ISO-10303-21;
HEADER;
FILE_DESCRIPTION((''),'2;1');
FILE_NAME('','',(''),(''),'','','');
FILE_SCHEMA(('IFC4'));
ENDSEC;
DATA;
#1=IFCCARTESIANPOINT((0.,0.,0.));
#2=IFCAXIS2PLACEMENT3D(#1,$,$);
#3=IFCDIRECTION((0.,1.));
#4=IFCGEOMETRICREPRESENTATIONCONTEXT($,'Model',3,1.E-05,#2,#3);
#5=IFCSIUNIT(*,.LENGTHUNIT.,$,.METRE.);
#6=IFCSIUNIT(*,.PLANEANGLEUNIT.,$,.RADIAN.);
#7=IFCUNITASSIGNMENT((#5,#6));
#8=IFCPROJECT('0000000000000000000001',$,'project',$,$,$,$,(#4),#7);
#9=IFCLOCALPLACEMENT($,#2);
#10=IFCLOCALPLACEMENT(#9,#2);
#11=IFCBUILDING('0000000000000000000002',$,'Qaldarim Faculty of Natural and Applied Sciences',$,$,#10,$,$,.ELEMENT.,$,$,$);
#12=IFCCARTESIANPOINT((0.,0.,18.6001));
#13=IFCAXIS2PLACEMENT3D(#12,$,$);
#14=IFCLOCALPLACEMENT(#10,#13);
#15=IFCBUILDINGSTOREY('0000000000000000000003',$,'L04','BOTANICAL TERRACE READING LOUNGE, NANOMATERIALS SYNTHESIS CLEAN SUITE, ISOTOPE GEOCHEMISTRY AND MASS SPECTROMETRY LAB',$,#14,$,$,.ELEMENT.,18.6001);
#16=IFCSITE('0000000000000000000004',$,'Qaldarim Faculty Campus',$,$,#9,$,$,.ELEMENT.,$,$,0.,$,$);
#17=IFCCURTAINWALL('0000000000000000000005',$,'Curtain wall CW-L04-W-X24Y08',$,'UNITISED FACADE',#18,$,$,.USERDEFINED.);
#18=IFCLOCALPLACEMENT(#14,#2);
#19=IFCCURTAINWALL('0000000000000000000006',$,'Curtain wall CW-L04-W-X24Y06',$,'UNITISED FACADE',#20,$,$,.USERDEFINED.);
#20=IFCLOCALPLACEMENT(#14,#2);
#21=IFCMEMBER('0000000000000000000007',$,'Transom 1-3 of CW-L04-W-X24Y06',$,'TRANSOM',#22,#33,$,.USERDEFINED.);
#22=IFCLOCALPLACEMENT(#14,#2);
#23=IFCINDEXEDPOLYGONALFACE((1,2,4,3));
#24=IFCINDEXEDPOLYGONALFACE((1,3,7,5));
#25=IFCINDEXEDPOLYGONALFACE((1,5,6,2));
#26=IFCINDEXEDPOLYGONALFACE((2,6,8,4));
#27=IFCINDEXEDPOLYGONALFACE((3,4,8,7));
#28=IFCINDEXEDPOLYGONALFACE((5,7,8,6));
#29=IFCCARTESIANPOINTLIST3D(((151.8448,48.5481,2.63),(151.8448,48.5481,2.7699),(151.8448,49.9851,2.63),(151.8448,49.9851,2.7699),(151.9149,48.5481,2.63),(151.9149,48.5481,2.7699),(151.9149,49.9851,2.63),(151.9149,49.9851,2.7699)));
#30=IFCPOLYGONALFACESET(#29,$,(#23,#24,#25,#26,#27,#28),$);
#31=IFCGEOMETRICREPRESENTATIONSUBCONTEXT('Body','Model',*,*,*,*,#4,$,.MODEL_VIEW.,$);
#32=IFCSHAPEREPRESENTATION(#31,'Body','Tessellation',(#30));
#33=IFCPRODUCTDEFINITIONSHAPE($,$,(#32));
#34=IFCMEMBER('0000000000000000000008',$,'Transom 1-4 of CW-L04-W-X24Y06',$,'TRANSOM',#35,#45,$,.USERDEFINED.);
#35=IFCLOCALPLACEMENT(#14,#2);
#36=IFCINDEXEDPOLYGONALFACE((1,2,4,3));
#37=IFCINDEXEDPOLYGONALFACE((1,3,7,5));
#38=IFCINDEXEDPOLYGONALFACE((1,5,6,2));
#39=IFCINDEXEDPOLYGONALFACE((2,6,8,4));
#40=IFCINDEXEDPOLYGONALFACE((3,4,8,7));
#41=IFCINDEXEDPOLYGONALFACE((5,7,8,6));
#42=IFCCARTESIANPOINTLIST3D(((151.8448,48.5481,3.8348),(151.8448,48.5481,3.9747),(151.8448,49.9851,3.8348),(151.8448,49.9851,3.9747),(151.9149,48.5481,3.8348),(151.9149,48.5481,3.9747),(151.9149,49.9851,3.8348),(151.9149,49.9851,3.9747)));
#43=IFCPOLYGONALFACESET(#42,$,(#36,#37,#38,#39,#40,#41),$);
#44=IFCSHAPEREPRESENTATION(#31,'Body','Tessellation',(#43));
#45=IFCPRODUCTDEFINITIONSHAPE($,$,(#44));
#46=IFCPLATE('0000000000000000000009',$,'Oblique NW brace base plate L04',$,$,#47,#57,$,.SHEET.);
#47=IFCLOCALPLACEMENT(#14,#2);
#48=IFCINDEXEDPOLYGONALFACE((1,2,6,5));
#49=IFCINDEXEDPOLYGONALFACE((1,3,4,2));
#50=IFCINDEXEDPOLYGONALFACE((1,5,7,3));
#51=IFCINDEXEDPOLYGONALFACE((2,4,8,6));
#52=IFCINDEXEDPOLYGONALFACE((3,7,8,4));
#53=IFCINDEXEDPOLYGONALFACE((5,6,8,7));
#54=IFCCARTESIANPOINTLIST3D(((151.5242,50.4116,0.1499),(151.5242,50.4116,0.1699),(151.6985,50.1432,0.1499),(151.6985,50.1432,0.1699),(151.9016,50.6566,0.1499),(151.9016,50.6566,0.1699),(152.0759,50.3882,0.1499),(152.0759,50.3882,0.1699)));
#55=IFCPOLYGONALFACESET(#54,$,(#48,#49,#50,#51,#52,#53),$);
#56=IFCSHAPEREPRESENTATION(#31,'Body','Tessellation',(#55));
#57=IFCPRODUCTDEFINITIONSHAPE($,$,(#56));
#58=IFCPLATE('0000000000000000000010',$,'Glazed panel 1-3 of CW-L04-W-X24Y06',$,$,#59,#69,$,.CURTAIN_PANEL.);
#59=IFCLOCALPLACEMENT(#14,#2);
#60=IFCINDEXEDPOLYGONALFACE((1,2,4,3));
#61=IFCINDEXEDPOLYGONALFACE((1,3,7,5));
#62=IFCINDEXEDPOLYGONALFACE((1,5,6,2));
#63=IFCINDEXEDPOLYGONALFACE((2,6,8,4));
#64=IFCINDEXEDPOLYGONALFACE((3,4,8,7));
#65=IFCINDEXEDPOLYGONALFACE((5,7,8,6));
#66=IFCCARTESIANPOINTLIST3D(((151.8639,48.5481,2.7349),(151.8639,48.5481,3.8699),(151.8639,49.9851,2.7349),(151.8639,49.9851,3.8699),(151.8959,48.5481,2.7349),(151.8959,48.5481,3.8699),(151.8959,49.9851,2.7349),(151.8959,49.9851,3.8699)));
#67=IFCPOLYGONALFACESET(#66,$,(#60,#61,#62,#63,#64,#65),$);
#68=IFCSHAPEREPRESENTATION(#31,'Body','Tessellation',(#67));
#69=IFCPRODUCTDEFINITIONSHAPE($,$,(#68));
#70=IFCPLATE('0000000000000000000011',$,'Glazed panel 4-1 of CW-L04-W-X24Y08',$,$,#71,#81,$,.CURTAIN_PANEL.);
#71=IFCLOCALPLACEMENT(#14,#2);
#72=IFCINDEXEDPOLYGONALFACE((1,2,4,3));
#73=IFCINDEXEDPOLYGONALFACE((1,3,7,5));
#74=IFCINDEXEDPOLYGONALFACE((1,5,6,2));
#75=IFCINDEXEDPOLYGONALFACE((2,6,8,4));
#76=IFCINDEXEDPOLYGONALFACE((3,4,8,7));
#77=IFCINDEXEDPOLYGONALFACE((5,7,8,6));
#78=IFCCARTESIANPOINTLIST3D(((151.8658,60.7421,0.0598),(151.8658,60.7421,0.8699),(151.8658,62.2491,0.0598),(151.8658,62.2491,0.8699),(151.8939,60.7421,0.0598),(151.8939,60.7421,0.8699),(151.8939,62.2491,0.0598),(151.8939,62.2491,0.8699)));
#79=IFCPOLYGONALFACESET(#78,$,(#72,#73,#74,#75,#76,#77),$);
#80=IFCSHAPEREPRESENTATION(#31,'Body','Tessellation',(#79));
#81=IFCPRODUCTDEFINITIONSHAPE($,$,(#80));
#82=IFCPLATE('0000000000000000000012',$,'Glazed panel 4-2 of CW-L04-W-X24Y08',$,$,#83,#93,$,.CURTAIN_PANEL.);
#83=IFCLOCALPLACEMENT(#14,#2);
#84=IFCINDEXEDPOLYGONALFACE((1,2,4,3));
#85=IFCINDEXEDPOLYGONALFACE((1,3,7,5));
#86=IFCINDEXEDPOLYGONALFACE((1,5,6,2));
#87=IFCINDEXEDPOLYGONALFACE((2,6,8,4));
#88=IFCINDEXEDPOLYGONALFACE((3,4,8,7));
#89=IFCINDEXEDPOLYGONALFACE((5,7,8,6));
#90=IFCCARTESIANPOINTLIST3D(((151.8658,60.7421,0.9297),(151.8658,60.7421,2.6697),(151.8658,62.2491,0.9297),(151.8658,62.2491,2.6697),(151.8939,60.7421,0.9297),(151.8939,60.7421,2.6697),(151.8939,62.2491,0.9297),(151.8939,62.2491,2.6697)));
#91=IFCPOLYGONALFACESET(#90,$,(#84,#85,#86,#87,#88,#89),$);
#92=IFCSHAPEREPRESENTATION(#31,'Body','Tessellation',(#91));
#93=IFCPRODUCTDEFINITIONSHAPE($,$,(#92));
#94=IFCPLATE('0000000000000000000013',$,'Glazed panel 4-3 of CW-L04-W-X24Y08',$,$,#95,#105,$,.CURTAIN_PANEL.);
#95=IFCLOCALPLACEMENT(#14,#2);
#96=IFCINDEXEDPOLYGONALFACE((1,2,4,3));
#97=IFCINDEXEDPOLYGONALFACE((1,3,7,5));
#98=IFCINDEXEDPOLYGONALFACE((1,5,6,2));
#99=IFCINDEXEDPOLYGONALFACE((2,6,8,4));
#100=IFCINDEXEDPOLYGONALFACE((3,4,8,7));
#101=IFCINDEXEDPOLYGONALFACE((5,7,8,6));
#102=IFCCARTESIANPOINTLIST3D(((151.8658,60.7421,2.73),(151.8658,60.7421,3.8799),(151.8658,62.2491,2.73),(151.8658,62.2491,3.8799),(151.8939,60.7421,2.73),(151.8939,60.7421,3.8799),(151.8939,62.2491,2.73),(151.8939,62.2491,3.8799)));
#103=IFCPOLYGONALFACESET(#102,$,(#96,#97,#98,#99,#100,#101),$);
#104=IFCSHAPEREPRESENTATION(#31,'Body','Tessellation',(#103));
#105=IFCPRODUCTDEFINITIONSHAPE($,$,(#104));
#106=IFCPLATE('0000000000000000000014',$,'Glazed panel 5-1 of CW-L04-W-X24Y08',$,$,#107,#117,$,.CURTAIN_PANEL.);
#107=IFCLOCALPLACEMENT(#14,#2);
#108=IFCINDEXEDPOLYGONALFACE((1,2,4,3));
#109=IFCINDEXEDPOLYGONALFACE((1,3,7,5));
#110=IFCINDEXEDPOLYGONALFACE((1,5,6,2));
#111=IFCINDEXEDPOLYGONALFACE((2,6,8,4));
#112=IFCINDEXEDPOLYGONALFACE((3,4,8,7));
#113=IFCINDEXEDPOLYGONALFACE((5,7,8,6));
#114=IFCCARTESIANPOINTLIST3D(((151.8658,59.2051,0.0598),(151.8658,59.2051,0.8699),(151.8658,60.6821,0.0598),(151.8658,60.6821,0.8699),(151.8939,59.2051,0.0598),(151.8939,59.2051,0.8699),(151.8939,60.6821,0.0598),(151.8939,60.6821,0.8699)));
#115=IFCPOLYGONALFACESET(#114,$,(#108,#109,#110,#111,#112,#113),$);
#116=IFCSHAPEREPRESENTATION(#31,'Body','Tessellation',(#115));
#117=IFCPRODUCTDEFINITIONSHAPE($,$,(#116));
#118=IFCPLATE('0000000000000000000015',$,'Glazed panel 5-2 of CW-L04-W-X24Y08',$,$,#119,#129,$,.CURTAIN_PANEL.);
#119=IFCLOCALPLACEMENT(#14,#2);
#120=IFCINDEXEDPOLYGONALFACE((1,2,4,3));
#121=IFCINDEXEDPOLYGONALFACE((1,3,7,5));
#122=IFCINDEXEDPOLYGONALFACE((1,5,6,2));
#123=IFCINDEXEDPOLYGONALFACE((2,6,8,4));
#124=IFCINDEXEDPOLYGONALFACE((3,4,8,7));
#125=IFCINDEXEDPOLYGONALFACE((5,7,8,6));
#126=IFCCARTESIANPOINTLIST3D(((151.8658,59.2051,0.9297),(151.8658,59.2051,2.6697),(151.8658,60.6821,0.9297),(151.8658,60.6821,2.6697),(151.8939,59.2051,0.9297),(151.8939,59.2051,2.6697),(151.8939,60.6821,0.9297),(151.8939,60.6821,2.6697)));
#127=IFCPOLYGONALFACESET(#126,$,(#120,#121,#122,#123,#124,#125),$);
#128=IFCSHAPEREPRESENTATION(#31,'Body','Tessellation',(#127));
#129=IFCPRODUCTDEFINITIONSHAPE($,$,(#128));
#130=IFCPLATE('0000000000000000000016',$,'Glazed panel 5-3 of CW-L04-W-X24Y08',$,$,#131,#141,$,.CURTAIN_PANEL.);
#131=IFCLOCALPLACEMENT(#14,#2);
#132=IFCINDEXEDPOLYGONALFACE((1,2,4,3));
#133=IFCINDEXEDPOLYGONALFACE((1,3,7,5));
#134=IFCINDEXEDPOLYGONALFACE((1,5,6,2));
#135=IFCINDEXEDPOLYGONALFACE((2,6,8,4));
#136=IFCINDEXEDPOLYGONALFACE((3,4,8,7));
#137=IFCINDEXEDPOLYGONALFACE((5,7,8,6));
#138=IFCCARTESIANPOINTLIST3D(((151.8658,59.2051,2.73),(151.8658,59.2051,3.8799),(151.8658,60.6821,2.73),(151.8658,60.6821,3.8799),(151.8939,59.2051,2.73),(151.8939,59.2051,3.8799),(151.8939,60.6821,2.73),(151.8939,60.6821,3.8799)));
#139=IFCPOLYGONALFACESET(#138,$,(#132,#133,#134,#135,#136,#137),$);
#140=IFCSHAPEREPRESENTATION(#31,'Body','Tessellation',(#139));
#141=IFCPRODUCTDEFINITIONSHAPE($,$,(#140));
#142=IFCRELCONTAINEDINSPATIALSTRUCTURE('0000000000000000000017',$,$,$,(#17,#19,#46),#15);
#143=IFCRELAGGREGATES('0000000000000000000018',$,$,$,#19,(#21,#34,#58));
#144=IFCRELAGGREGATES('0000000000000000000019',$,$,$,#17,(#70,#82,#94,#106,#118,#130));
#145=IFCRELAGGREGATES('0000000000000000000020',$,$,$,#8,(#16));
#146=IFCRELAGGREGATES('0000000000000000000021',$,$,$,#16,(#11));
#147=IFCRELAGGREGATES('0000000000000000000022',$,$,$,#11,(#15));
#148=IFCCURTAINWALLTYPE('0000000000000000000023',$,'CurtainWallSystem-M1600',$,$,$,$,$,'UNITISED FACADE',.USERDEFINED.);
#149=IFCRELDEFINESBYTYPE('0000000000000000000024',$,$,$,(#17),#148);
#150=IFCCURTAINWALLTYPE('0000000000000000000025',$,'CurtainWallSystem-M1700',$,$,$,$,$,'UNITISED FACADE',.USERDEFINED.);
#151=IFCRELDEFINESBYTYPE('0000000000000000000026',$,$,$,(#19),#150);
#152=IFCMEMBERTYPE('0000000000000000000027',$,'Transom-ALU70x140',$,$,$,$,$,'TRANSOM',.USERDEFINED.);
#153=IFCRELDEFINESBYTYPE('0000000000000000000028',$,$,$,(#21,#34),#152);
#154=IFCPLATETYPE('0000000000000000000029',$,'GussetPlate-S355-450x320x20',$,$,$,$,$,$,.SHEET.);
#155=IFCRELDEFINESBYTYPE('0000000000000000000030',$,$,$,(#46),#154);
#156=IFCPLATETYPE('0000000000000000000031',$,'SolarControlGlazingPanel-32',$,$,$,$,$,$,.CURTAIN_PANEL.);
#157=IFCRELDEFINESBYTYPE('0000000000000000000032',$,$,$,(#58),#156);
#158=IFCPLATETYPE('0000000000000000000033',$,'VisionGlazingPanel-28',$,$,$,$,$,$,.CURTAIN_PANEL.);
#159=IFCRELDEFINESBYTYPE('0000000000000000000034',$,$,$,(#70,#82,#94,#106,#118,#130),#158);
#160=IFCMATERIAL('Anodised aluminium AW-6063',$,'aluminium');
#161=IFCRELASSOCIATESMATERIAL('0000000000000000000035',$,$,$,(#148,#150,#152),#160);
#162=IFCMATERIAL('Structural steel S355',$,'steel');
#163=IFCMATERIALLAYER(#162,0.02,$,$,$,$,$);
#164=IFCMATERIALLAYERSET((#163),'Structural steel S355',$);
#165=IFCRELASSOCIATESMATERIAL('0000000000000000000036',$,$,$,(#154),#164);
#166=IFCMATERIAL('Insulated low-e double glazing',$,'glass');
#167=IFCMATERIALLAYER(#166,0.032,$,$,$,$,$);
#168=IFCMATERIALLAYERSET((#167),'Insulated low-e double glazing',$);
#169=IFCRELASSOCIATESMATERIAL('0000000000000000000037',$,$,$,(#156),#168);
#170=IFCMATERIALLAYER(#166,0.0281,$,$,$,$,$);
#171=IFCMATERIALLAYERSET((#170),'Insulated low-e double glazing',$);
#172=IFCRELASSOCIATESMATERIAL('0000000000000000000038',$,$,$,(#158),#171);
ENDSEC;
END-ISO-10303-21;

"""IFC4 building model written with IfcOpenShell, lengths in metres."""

from ifc_helpers import new_model, si_unit, direction, frame, origin, origin_2d, place, context, subcontext, project, spatial, rectangle, extrude, material, layer, layer_set, material_profile, profile_set, type_object, element, aggregate, save


model = new_model("IFC4")

# Units and contexts
model_context = context("Model", 3, precision=1e-05, world=origin(), true_north=direction((0.0, 1.0)))
body_context = subcontext(model_context, "Body", "Model", "MODEL_VIEW")
ifc_project = project(units=[si_unit("LENGTHUNIT", "METRE"), si_unit("PLANEANGLEUNIT", "RADIAN")], contexts=[model_context])

# Site, building, storey
site_placement = place(None, origin())
site = spatial("IfcSite", under=ifc_project, at=site_placement, Name="Qaldarim Faculty Campus", CompositionType="ELEMENT", RefElevation=0.0)
building_placement = place(site_placement, origin())
building = spatial("IfcBuilding", under=site, at=building_placement, Name="Qaldarim Faculty of Natural and Applied Sciences", CompositionType="ELEMENT")
storey_placement = place(building_placement, frame((0.0, 0.0, 18.6001)))
storey = spatial("IfcBuildingStorey", under=building, at=storey_placement, Name="L04", Description="BOTANICAL TERRACE READING LOUNGE, NANOMATERIALS SYNTHESIS CLEAN SUITE, ISOTOPE GEOCHEMISTRY AND MASS SPECTROMETRY LAB", CompositionType="ELEMENT", Elevation=18.6001)

# Shared definitions
ifc_material_1 = material(Name="Structural steel S355", Category="steel")

# Curtain wall
ifc_material_2 = material(Name="Anodised aluminium AW-6063", Category="aluminium")
curtain_wall_type_1 = type_object("IfcCurtainWallType", Name="CurtainWallSystem-M1600", ElementType="UNITISED FACADE", PredefinedType="USERDEFINED", material=ifc_material_2)
curtain_wall_1_placement = place(storey_placement, origin())
curtain_wall_1 = element("IfcCurtainWall", 1, at=curtain_wall_1_placement, inside=storey, type_object=curtain_wall_type_1, Name="Curtain wall CW-L04-W-X24Y08", ObjectType="UNITISED FACADE", PredefinedType="USERDEFINED")

# Curtain wall
curtain_wall_type_2 = type_object("IfcCurtainWallType", Name="CurtainWallSystem-M1700", ElementType="UNITISED FACADE", PredefinedType="USERDEFINED", material=ifc_material_2)
curtain_wall_2_placement = place(storey_placement, origin())
curtain_wall_2 = element("IfcCurtainWall", 2, at=curtain_wall_2_placement, inside=storey, type_object=curtain_wall_type_2, Name="Curtain wall CW-L04-W-X24Y06", ObjectType="UNITISED FACADE", PredefinedType="USERDEFINED")

# Members
ifc_material_profile_1 = material_profile(ifc_material_2, rectangle(XDim=0.0701, YDim=0.1399, at=origin_2d()), Name="ALU-T70x140")
ifc_profile_set_1 = profile_set([ifc_material_profile_1], Name="Anodised aluminium AW-6063")
member_type_1 = type_object("IfcMemberType", Name="Transom-ALU70x140", ElementType="TRANSOM", PredefinedType="USERDEFINED", material=ifc_profile_set_1)
member_1_placement = place(storey_placement, frame((151.8799, 49.9851, 2.7), z_axis=(0.0, -1.0, 0.0), x_axis=(1.0, 0.0, 0.0)))
member_1 = element("IfcMember", 3, at=member_1_placement, type_object=member_type_1, Name="Transom 1-3 of CW-L04-W-X24Y06", ObjectType="TRANSOM", PredefinedType="USERDEFINED", context=body_context, shape_type="SweptSolid", body=[
    extrude(rectangle(XDim=0.0701, YDim=0.1399, at=origin_2d()), origin(), (0.0, 0.0, 1.0), 1.437),
])
member_2_placement = place(storey_placement, frame((151.8799, 49.9851, 3.9048), z_axis=(0.0, -1.0, 0.0), x_axis=(1.0, 0.0, 0.0)))
member_2 = element("IfcMember", 4, at=member_2_placement, type_object=member_type_1, Name="Transom 1-4 of CW-L04-W-X24Y06", ObjectType="TRANSOM", PredefinedType="USERDEFINED", context=body_context, shape_type="SweptSolid", body=[
    extrude(rectangle(XDim=0.0701, YDim=0.1399, at=origin_2d()), origin(), (0.0, 0.0, 1.0), 1.437),
])

# Plates
ifc_layer_1 = layer(ifc_material_1, 0.02)
ifc_layer_set_1 = layer_set([ifc_layer_1], Name="Structural steel S355")
plate_type_1 = type_object("IfcPlateType", Name="GussetPlate-S355-450x320x20", PredefinedType="SHEET", material=ifc_layer_set_1)
plate_1_placement = place(storey_placement, frame((151.8, 50.3999, 0.1499), z_axis=(0.0, 0.0, 1.0), x_axis=(0.838671, 0.544639, 0.0)))
element("IfcPlate", 5, at=plate_1_placement, inside=storey, type_object=plate_type_1, Name="Oblique NW brace base plate L04", PredefinedType="SHEET", context=body_context, shape_type="SweptSolid", body=[
    extrude(rectangle(XDim=0.45, YDim=0.3201, at=origin_2d()), origin(), (0.0, 0.0, 1.0), 0.02),
])
ifc_material_3 = material(Name="Insulated low-e double glazing", Category="glass")
ifc_layer_2 = layer(ifc_material_3, 0.032)
ifc_layer_set_2 = layer_set([ifc_layer_2], Name="Insulated low-e double glazing")
plate_type_2 = type_object("IfcPlateType", Name="SolarControlGlazingPanel-32", PredefinedType="CURTAIN_PANEL", material=ifc_layer_set_2)
plate_2_placement = place(storey_placement, frame((151.8799, 49.2666, 2.7349), z_axis=(0.0, 0.0, 1.0), x_axis=(0.0, -1.0, 0.0)))
plate_2 = element("IfcPlate", 6, at=plate_2_placement, type_object=plate_type_2, Name="Glazed panel 1-3 of CW-L04-W-X24Y06", PredefinedType="CURTAIN_PANEL", context=body_context, shape_type="SweptSolid", body=[
    extrude(rectangle(XDim=1.437, YDim=0.032, at=origin_2d()), origin(), (0.0, 0.0, 1.0), 1.135),
])
aggregate(curtain_wall_2, [member_1, member_2, plate_2])
ifc_layer_3 = layer(ifc_material_3, 0.0281)
ifc_layer_set_3 = layer_set([ifc_layer_3], Name="Insulated low-e double glazing")
plate_type_3 = type_object("IfcPlateType", Name="VisionGlazingPanel-28", PredefinedType="CURTAIN_PANEL", material=ifc_layer_set_3)
plate_3_placement = place(storey_placement, frame((151.8799, 61.4956, 0.0598), z_axis=(0.0, 0.0, 1.0), x_axis=(0.0, -1.0, 0.0)))
plate_3 = element("IfcPlate", 7, at=plate_3_placement, type_object=plate_type_3, Name="Glazed panel 4-1 of CW-L04-W-X24Y08", PredefinedType="CURTAIN_PANEL", context=body_context, shape_type="SweptSolid", body=[
    extrude(rectangle(XDim=1.5071, YDim=0.0281, at=origin_2d()), origin(), (0.0, 0.0, 1.0), 0.8101),
])
plate_4_placement = place(storey_placement, frame((151.8799, 61.4956, 0.9297), z_axis=(0.0, 0.0, 1.0), x_axis=(0.0, -1.0, 0.0)))
plate_4 = element("IfcPlate", 8, at=plate_4_placement, type_object=plate_type_3, Name="Glazed panel 4-2 of CW-L04-W-X24Y08", PredefinedType="CURTAIN_PANEL", context=body_context, shape_type="SweptSolid", body=[
    extrude(rectangle(XDim=1.5071, YDim=0.0281, at=origin_2d()), origin(), (0.0, 0.0, 1.0), 1.74),
])
plate_5_placement = place(storey_placement, frame((151.8799, 61.4956, 2.73), z_axis=(0.0, 0.0, 1.0), x_axis=(0.0, -1.0, 0.0)))
plate_5 = element("IfcPlate", 9, at=plate_5_placement, type_object=plate_type_3, Name="Glazed panel 4-3 of CW-L04-W-X24Y08", PredefinedType="CURTAIN_PANEL", context=body_context, shape_type="SweptSolid", body=[
    extrude(rectangle(XDim=1.5071, YDim=0.0281, at=origin_2d()), origin(), (0.0, 0.0, 1.0), 1.1499),
])
plate_6_placement = place(storey_placement, frame((151.8799, 59.9436, 0.0598), z_axis=(0.0, 0.0, 1.0), x_axis=(0.0, -1.0, 0.0)))
plate_6 = element("IfcPlate", 10, at=plate_6_placement, type_object=plate_type_3, Name="Glazed panel 5-1 of CW-L04-W-X24Y08", PredefinedType="CURTAIN_PANEL", context=body_context, shape_type="SweptSolid", body=[
    extrude(rectangle(XDim=1.4771, YDim=0.0281, at=origin_2d()), origin(), (0.0, 0.0, 1.0), 0.8101),
])
plate_7_placement = place(storey_placement, frame((151.8799, 59.9436, 0.9297), z_axis=(0.0, 0.0, 1.0), x_axis=(0.0, -1.0, 0.0)))
plate_7 = element("IfcPlate", 11, at=plate_7_placement, type_object=plate_type_3, Name="Glazed panel 5-2 of CW-L04-W-X24Y08", PredefinedType="CURTAIN_PANEL", context=body_context, shape_type="SweptSolid", body=[
    extrude(rectangle(XDim=1.4771, YDim=0.0281, at=origin_2d()), origin(), (0.0, 0.0, 1.0), 1.74),
])
plate_8_placement = place(storey_placement, frame((151.8799, 59.9436, 2.73), z_axis=(0.0, 0.0, 1.0), x_axis=(0.0, -1.0, 0.0)))
plate_8 = element("IfcPlate", 12, at=plate_8_placement, type_object=plate_type_3, Name="Glazed panel 5-3 of CW-L04-W-X24Y08", PredefinedType="CURTAIN_PANEL", context=body_context, shape_type="SweptSolid", body=[
    extrude(rectangle(XDim=1.4771, YDim=0.0281, at=origin_2d()), origin(), (0.0, 0.0, 1.0), 1.1499),
])
aggregate(curtain_wall_1, [plate_3, plate_4, plate_5, plate_6, plate_7, plate_8])

save(model, "model.ifc")
